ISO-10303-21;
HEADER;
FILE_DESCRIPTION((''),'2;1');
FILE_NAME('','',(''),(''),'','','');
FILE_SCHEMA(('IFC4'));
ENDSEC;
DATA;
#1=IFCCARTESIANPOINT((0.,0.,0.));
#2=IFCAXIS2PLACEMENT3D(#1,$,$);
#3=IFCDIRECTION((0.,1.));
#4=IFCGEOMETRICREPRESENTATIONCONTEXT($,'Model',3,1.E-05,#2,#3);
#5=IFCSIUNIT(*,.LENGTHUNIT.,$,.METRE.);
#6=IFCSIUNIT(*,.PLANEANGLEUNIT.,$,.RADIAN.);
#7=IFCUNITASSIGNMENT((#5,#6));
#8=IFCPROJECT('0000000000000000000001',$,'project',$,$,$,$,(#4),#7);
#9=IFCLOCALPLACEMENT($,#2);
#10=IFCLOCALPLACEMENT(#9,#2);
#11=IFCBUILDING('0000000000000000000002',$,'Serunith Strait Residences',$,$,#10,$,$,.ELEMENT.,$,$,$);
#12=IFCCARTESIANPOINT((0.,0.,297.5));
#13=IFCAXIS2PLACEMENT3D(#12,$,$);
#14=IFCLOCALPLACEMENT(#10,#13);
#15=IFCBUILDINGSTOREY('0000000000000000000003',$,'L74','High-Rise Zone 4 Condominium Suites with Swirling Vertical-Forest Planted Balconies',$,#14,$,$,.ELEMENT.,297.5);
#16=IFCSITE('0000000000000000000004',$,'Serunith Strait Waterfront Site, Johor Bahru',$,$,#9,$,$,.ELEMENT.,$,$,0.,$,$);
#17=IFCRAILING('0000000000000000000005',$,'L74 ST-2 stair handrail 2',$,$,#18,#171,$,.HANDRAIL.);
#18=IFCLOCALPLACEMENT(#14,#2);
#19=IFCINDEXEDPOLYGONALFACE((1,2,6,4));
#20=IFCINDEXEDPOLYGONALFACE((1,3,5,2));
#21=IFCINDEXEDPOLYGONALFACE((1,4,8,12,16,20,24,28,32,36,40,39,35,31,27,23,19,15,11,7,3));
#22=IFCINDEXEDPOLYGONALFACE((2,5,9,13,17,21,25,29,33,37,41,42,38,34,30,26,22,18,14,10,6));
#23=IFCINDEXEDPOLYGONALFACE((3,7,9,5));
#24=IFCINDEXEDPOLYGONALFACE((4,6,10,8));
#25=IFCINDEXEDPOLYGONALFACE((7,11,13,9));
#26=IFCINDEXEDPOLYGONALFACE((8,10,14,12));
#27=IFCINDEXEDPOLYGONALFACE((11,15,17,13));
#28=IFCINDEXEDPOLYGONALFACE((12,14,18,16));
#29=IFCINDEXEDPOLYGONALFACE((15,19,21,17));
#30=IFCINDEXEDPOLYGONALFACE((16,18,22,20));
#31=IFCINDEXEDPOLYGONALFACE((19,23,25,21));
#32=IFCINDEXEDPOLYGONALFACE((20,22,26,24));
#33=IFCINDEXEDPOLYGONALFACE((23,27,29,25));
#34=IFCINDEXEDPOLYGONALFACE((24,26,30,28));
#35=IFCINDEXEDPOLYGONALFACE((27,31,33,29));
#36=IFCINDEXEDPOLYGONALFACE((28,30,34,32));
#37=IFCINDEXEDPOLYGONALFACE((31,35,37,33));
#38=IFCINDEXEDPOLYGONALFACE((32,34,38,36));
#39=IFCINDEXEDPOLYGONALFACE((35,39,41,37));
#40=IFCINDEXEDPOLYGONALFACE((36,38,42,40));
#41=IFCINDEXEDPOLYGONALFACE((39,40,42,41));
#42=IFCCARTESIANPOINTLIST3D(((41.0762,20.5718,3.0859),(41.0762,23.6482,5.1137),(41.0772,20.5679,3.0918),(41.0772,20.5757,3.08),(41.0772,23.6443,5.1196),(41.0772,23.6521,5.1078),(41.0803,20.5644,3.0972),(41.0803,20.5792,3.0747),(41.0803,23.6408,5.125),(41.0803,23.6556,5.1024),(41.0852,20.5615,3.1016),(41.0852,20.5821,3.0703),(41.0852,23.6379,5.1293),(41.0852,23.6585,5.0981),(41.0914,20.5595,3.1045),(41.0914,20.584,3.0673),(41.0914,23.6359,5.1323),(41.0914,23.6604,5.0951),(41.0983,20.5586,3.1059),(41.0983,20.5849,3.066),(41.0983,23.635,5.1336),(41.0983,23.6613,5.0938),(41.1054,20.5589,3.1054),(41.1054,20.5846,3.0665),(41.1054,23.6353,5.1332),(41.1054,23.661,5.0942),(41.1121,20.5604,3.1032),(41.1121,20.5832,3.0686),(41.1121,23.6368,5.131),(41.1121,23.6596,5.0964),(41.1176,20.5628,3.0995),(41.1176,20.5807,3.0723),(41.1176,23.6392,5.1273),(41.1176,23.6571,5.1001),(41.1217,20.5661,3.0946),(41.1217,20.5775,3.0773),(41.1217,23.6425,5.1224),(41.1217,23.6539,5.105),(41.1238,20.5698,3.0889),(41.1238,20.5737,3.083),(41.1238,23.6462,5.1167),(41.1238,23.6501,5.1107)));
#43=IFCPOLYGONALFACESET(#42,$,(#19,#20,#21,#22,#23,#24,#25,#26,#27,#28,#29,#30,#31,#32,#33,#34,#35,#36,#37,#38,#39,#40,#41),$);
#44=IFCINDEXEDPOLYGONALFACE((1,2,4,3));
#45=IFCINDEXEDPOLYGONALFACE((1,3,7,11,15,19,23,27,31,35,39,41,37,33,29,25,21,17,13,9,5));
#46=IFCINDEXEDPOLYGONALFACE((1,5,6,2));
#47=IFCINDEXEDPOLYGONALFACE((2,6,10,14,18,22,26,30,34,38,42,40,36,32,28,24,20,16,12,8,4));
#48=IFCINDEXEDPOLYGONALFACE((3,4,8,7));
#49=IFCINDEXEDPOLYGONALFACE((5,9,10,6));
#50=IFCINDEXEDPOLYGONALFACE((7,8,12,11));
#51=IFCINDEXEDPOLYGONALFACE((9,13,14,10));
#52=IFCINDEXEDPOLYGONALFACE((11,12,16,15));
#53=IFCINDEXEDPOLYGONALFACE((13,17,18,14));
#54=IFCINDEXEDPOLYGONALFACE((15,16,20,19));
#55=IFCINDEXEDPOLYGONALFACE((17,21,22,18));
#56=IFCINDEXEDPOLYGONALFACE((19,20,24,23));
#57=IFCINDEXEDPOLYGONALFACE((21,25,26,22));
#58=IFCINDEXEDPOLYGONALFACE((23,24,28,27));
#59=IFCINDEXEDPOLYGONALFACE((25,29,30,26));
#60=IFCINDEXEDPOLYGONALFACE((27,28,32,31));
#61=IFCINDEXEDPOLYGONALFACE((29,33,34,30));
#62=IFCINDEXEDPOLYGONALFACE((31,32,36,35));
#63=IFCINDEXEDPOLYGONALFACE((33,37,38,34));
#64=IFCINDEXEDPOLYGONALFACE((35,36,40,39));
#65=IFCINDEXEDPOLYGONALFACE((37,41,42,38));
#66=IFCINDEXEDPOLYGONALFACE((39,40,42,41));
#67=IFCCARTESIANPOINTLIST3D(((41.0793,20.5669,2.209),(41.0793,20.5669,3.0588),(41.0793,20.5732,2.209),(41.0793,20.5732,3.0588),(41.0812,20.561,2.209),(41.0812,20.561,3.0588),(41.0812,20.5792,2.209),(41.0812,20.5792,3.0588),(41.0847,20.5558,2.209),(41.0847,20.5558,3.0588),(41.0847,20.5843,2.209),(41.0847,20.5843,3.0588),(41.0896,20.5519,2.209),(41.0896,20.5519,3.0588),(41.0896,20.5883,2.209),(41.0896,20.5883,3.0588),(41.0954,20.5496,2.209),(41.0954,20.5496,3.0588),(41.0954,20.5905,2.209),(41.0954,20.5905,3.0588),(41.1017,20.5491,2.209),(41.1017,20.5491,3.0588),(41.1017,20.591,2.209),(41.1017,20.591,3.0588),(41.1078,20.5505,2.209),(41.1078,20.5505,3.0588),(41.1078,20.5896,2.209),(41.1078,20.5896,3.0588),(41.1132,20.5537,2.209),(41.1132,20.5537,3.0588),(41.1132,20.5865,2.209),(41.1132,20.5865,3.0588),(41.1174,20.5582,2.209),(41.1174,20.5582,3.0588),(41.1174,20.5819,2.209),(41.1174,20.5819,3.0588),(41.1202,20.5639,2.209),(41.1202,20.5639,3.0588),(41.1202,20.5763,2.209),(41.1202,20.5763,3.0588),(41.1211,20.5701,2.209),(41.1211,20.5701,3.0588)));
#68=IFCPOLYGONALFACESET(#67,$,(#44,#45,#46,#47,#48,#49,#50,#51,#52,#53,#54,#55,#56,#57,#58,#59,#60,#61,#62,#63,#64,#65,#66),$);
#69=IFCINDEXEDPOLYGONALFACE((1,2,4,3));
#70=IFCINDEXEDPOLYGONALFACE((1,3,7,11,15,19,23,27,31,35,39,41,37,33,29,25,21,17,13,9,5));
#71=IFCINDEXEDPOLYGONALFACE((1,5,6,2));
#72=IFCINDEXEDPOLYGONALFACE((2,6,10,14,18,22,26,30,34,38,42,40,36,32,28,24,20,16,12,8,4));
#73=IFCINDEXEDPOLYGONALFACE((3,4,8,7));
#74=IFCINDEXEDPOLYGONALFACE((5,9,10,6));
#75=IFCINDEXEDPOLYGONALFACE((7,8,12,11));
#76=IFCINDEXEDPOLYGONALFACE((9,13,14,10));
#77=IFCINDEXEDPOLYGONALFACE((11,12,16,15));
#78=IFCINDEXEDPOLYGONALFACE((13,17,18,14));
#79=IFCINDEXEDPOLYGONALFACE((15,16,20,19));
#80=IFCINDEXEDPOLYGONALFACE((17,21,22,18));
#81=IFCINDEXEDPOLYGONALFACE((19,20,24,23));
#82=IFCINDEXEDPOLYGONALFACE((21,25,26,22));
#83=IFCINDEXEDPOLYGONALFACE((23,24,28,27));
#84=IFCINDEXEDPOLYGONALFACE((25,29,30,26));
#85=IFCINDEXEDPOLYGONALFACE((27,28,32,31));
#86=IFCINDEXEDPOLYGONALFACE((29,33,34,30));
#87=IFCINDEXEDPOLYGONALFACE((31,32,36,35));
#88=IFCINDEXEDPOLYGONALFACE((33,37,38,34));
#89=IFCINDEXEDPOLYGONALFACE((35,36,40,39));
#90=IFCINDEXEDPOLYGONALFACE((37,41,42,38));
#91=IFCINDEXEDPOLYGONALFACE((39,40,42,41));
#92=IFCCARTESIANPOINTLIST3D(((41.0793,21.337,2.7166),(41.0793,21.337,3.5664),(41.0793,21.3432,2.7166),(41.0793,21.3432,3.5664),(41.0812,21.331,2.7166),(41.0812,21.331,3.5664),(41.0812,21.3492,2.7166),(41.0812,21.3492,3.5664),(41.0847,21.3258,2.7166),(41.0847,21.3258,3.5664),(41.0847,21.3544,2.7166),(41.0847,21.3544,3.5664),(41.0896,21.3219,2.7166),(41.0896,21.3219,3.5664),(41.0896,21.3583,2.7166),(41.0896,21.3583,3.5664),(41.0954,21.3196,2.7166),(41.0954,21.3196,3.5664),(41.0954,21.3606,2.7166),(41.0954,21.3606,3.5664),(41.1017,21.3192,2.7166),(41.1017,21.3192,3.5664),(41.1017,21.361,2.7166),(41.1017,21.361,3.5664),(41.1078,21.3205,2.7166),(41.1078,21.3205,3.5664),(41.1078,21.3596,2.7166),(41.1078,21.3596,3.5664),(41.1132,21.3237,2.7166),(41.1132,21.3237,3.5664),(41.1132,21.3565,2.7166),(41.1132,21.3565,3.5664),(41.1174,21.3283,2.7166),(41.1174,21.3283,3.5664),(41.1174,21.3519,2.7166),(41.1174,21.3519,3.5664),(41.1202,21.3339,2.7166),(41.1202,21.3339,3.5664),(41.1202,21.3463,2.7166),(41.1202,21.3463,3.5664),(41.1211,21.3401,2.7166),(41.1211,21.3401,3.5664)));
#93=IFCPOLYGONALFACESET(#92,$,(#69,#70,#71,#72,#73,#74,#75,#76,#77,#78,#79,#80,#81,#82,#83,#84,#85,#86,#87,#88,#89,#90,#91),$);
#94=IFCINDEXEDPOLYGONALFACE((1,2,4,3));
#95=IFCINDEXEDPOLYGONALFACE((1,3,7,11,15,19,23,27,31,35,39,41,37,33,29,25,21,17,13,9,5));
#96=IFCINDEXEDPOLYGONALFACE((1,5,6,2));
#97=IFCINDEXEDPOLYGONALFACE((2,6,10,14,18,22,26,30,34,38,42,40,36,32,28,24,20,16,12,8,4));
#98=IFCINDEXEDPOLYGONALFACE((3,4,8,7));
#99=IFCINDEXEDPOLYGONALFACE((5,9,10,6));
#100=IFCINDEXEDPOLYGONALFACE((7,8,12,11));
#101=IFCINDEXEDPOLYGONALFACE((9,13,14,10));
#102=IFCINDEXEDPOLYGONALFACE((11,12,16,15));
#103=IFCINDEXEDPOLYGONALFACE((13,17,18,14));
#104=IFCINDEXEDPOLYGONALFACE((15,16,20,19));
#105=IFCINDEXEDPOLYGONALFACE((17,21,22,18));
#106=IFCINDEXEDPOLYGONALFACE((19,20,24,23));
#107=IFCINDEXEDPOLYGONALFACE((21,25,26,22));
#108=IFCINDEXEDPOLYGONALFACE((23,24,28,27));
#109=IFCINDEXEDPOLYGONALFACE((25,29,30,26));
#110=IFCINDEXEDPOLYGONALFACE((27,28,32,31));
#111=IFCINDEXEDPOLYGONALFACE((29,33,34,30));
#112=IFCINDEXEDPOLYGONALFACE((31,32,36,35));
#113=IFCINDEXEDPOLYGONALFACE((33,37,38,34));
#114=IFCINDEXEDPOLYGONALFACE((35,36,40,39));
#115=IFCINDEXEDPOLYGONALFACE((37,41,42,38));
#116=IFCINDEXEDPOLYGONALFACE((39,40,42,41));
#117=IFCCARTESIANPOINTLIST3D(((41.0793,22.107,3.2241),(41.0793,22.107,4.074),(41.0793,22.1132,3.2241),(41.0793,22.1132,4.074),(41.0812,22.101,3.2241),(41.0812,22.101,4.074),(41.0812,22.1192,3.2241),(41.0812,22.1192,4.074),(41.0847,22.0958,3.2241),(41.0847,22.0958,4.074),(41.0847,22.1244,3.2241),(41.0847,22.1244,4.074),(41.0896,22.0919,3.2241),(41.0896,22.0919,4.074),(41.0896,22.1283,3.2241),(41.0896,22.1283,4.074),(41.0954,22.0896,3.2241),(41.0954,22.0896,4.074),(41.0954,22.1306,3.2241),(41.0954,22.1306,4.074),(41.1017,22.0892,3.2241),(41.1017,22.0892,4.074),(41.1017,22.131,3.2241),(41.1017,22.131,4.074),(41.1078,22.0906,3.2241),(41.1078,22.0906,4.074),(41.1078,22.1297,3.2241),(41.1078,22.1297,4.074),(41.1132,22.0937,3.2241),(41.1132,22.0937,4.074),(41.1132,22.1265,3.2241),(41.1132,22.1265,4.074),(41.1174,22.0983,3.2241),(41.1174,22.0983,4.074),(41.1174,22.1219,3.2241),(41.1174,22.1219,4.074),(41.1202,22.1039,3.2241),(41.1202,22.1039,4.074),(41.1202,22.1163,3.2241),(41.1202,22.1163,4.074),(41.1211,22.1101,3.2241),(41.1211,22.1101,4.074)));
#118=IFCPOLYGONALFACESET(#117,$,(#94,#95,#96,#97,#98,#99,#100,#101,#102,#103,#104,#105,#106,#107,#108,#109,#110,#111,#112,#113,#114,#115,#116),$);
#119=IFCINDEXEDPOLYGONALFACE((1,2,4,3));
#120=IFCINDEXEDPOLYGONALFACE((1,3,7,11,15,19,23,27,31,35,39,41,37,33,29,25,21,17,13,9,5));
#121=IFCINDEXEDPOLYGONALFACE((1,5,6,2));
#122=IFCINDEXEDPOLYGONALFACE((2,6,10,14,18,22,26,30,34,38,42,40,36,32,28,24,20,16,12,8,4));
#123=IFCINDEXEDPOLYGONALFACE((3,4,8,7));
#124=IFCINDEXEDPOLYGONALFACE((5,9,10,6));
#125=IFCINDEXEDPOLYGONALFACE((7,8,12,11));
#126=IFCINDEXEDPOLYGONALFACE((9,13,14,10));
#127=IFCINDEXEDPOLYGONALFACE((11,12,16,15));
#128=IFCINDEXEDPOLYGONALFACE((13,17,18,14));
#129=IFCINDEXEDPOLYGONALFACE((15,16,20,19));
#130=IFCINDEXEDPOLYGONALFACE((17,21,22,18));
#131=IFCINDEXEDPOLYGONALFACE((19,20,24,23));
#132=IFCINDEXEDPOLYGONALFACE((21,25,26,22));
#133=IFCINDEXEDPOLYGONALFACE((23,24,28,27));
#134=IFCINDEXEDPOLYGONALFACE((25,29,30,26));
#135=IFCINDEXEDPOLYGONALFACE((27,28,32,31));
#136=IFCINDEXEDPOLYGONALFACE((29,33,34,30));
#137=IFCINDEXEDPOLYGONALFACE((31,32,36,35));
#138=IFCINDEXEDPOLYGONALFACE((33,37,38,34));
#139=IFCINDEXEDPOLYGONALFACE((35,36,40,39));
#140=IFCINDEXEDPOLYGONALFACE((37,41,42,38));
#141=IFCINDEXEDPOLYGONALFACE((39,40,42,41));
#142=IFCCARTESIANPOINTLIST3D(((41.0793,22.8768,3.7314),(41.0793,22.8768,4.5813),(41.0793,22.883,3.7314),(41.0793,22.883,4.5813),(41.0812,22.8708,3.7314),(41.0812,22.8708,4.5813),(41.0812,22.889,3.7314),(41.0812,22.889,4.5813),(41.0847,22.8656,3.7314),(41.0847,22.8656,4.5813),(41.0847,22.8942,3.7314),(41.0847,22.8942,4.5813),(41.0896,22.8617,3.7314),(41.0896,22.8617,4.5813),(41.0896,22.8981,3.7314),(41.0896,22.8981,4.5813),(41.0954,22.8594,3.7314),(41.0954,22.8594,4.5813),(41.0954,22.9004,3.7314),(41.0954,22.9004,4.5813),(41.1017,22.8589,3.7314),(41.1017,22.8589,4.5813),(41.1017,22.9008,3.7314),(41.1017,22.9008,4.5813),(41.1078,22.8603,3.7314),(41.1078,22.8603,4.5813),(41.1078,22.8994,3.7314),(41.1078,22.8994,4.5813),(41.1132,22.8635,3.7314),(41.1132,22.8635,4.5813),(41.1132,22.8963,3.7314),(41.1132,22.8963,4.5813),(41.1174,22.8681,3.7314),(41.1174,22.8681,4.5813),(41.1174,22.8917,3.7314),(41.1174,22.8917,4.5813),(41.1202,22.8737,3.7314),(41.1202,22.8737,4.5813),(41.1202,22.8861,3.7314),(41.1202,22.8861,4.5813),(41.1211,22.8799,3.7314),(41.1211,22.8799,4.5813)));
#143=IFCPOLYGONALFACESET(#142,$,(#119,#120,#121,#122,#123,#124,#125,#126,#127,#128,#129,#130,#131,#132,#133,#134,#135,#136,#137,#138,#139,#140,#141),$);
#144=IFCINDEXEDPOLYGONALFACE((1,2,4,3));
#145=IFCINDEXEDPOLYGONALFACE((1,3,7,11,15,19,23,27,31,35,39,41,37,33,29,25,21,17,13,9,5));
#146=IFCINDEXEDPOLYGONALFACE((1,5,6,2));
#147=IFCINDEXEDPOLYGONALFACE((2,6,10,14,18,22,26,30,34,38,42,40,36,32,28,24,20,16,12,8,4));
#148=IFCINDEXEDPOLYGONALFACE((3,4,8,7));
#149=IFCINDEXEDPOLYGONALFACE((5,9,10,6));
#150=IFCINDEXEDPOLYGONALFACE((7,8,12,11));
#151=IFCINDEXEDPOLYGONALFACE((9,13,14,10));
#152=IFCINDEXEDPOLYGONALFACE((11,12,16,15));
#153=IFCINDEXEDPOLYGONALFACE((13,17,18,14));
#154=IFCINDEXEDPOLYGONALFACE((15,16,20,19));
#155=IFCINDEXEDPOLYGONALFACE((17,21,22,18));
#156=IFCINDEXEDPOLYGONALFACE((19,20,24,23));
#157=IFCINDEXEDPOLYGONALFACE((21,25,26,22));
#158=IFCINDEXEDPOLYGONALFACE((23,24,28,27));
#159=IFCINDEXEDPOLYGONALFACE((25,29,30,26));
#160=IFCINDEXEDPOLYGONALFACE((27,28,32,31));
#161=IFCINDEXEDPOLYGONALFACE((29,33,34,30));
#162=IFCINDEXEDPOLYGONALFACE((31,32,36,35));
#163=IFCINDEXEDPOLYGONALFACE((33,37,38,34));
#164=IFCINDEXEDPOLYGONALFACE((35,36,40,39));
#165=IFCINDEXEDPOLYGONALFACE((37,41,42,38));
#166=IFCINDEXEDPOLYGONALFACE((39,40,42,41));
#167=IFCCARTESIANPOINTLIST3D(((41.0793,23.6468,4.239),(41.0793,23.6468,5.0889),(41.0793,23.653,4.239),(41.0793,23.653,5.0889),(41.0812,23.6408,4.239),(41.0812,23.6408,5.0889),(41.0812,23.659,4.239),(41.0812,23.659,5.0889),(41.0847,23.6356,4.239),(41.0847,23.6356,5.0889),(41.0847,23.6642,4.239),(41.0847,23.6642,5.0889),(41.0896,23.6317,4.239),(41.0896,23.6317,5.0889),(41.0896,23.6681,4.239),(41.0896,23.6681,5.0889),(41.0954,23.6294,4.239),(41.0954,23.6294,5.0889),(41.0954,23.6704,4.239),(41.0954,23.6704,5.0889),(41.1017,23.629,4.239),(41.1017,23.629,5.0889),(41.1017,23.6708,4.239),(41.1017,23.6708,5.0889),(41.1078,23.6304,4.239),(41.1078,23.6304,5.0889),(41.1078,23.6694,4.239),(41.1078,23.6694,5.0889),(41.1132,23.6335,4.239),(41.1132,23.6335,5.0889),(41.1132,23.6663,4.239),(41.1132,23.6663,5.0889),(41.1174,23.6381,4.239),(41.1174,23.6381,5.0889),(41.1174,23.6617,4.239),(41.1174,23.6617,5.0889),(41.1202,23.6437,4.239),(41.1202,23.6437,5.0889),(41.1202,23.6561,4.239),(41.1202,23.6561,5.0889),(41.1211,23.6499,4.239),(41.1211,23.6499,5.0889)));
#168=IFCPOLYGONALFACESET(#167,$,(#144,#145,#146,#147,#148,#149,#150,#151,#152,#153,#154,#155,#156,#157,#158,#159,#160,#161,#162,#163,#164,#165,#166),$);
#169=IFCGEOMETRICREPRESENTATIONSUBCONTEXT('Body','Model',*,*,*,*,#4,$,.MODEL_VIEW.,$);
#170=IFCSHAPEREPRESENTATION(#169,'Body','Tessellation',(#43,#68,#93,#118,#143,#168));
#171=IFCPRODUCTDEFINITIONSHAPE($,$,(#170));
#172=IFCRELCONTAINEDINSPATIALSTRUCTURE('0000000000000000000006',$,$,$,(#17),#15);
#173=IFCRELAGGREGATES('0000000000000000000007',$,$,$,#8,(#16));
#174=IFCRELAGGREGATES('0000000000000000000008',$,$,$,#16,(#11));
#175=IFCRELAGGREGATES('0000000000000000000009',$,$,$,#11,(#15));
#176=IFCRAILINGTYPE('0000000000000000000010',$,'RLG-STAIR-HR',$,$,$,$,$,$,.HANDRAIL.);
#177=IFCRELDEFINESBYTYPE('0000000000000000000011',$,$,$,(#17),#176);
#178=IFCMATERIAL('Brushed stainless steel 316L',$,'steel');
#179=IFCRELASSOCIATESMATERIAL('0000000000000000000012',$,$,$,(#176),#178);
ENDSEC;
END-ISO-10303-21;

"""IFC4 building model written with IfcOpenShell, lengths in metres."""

from ifc_helpers import new_model, si_unit, direction, frame, origin, origin_2d, place, context, subcontext, project, spatial, circle, extrude, material, type_object, element, save


model = new_model("IFC4")

# Units and contexts
model_context = context("Model", 3, precision=1e-05, world=origin(), true_north=direction((0.0, 1.0)))
body_context = subcontext(model_context, "Body", "Model", "MODEL_VIEW")
ifc_project = project(units=[si_unit("LENGTHUNIT", "METRE"), si_unit("PLANEANGLEUNIT", "RADIAN")], contexts=[model_context])

# Site, building, storey
site_placement = place(None, origin())
site = spatial("IfcSite", under=ifc_project, at=site_placement, Name="Serunith Strait Waterfront Site, Johor Bahru", CompositionType="ELEMENT", RefElevation=0.0)
building_placement = place(site_placement, origin())
building = spatial("IfcBuilding", under=site, at=building_placement, Name="Serunith Strait Residences", CompositionType="ELEMENT")
storey_placement = place(building_placement, frame((0.0, 0.0, 297.5)))
storey = spatial("IfcBuildingStorey", under=building, at=storey_placement, Name="L74", Description="High-Rise Zone 4 Condominium Suites with Swirling Vertical-Forest Planted Balconies", CompositionType="ELEMENT", Elevation=297.5)

# Railing
ifc_material_1 = material(Name="Brushed stainless steel 316L", Category="steel")
railing_type_1 = type_object("IfcRailingType", Name="RLG-STAIR-HR", PredefinedType="HANDRAIL", material=ifc_material_1)
railing_1_placement = place(storey_placement, frame((41.1001, 20.5701, 2.209)))
element("IfcRailing", 1, at=railing_1_placement, inside=storey, type_object=railing_type_1, Name="L74 ST-2 stair handrail 2", PredefinedType="HANDRAIL", context=body_context, shape_type="SweptSolid", body=[
    extrude(circle(Radius=0.0239, at=origin_2d()), frame((0.0, 0.0017, 0.877), z_axis=(0.0, 0.834941, 0.55034), x_axis=(-1.0, 0.0, 0.0)), (0.0, 0.0, 1.0), 3.6846),
    extrude(circle(Radius=0.021, at=origin_2d()), origin(), (0.0, 0.0, 1.0), 0.8499),
    extrude(circle(Radius=0.021, at=origin_2d()), frame((0.0, 0.77, 0.5076)), (0.0, 0.0, 1.0), 0.8499),
    extrude(circle(Radius=0.021, at=origin_2d()), frame((0.0, 1.54, 1.0151)), (0.0, 0.0, 1.0), 0.8499),
    extrude(circle(Radius=0.021, at=origin_2d()), frame((0.0, 2.3098, 1.5225)), (0.0, 0.0, 1.0), 0.8499),
    extrude(circle(Radius=0.021, at=origin_2d()), frame((0.0, 3.0798, 2.03)), (0.0, 0.0, 1.0), 0.8499),
])

save(model, "model.ifc")
